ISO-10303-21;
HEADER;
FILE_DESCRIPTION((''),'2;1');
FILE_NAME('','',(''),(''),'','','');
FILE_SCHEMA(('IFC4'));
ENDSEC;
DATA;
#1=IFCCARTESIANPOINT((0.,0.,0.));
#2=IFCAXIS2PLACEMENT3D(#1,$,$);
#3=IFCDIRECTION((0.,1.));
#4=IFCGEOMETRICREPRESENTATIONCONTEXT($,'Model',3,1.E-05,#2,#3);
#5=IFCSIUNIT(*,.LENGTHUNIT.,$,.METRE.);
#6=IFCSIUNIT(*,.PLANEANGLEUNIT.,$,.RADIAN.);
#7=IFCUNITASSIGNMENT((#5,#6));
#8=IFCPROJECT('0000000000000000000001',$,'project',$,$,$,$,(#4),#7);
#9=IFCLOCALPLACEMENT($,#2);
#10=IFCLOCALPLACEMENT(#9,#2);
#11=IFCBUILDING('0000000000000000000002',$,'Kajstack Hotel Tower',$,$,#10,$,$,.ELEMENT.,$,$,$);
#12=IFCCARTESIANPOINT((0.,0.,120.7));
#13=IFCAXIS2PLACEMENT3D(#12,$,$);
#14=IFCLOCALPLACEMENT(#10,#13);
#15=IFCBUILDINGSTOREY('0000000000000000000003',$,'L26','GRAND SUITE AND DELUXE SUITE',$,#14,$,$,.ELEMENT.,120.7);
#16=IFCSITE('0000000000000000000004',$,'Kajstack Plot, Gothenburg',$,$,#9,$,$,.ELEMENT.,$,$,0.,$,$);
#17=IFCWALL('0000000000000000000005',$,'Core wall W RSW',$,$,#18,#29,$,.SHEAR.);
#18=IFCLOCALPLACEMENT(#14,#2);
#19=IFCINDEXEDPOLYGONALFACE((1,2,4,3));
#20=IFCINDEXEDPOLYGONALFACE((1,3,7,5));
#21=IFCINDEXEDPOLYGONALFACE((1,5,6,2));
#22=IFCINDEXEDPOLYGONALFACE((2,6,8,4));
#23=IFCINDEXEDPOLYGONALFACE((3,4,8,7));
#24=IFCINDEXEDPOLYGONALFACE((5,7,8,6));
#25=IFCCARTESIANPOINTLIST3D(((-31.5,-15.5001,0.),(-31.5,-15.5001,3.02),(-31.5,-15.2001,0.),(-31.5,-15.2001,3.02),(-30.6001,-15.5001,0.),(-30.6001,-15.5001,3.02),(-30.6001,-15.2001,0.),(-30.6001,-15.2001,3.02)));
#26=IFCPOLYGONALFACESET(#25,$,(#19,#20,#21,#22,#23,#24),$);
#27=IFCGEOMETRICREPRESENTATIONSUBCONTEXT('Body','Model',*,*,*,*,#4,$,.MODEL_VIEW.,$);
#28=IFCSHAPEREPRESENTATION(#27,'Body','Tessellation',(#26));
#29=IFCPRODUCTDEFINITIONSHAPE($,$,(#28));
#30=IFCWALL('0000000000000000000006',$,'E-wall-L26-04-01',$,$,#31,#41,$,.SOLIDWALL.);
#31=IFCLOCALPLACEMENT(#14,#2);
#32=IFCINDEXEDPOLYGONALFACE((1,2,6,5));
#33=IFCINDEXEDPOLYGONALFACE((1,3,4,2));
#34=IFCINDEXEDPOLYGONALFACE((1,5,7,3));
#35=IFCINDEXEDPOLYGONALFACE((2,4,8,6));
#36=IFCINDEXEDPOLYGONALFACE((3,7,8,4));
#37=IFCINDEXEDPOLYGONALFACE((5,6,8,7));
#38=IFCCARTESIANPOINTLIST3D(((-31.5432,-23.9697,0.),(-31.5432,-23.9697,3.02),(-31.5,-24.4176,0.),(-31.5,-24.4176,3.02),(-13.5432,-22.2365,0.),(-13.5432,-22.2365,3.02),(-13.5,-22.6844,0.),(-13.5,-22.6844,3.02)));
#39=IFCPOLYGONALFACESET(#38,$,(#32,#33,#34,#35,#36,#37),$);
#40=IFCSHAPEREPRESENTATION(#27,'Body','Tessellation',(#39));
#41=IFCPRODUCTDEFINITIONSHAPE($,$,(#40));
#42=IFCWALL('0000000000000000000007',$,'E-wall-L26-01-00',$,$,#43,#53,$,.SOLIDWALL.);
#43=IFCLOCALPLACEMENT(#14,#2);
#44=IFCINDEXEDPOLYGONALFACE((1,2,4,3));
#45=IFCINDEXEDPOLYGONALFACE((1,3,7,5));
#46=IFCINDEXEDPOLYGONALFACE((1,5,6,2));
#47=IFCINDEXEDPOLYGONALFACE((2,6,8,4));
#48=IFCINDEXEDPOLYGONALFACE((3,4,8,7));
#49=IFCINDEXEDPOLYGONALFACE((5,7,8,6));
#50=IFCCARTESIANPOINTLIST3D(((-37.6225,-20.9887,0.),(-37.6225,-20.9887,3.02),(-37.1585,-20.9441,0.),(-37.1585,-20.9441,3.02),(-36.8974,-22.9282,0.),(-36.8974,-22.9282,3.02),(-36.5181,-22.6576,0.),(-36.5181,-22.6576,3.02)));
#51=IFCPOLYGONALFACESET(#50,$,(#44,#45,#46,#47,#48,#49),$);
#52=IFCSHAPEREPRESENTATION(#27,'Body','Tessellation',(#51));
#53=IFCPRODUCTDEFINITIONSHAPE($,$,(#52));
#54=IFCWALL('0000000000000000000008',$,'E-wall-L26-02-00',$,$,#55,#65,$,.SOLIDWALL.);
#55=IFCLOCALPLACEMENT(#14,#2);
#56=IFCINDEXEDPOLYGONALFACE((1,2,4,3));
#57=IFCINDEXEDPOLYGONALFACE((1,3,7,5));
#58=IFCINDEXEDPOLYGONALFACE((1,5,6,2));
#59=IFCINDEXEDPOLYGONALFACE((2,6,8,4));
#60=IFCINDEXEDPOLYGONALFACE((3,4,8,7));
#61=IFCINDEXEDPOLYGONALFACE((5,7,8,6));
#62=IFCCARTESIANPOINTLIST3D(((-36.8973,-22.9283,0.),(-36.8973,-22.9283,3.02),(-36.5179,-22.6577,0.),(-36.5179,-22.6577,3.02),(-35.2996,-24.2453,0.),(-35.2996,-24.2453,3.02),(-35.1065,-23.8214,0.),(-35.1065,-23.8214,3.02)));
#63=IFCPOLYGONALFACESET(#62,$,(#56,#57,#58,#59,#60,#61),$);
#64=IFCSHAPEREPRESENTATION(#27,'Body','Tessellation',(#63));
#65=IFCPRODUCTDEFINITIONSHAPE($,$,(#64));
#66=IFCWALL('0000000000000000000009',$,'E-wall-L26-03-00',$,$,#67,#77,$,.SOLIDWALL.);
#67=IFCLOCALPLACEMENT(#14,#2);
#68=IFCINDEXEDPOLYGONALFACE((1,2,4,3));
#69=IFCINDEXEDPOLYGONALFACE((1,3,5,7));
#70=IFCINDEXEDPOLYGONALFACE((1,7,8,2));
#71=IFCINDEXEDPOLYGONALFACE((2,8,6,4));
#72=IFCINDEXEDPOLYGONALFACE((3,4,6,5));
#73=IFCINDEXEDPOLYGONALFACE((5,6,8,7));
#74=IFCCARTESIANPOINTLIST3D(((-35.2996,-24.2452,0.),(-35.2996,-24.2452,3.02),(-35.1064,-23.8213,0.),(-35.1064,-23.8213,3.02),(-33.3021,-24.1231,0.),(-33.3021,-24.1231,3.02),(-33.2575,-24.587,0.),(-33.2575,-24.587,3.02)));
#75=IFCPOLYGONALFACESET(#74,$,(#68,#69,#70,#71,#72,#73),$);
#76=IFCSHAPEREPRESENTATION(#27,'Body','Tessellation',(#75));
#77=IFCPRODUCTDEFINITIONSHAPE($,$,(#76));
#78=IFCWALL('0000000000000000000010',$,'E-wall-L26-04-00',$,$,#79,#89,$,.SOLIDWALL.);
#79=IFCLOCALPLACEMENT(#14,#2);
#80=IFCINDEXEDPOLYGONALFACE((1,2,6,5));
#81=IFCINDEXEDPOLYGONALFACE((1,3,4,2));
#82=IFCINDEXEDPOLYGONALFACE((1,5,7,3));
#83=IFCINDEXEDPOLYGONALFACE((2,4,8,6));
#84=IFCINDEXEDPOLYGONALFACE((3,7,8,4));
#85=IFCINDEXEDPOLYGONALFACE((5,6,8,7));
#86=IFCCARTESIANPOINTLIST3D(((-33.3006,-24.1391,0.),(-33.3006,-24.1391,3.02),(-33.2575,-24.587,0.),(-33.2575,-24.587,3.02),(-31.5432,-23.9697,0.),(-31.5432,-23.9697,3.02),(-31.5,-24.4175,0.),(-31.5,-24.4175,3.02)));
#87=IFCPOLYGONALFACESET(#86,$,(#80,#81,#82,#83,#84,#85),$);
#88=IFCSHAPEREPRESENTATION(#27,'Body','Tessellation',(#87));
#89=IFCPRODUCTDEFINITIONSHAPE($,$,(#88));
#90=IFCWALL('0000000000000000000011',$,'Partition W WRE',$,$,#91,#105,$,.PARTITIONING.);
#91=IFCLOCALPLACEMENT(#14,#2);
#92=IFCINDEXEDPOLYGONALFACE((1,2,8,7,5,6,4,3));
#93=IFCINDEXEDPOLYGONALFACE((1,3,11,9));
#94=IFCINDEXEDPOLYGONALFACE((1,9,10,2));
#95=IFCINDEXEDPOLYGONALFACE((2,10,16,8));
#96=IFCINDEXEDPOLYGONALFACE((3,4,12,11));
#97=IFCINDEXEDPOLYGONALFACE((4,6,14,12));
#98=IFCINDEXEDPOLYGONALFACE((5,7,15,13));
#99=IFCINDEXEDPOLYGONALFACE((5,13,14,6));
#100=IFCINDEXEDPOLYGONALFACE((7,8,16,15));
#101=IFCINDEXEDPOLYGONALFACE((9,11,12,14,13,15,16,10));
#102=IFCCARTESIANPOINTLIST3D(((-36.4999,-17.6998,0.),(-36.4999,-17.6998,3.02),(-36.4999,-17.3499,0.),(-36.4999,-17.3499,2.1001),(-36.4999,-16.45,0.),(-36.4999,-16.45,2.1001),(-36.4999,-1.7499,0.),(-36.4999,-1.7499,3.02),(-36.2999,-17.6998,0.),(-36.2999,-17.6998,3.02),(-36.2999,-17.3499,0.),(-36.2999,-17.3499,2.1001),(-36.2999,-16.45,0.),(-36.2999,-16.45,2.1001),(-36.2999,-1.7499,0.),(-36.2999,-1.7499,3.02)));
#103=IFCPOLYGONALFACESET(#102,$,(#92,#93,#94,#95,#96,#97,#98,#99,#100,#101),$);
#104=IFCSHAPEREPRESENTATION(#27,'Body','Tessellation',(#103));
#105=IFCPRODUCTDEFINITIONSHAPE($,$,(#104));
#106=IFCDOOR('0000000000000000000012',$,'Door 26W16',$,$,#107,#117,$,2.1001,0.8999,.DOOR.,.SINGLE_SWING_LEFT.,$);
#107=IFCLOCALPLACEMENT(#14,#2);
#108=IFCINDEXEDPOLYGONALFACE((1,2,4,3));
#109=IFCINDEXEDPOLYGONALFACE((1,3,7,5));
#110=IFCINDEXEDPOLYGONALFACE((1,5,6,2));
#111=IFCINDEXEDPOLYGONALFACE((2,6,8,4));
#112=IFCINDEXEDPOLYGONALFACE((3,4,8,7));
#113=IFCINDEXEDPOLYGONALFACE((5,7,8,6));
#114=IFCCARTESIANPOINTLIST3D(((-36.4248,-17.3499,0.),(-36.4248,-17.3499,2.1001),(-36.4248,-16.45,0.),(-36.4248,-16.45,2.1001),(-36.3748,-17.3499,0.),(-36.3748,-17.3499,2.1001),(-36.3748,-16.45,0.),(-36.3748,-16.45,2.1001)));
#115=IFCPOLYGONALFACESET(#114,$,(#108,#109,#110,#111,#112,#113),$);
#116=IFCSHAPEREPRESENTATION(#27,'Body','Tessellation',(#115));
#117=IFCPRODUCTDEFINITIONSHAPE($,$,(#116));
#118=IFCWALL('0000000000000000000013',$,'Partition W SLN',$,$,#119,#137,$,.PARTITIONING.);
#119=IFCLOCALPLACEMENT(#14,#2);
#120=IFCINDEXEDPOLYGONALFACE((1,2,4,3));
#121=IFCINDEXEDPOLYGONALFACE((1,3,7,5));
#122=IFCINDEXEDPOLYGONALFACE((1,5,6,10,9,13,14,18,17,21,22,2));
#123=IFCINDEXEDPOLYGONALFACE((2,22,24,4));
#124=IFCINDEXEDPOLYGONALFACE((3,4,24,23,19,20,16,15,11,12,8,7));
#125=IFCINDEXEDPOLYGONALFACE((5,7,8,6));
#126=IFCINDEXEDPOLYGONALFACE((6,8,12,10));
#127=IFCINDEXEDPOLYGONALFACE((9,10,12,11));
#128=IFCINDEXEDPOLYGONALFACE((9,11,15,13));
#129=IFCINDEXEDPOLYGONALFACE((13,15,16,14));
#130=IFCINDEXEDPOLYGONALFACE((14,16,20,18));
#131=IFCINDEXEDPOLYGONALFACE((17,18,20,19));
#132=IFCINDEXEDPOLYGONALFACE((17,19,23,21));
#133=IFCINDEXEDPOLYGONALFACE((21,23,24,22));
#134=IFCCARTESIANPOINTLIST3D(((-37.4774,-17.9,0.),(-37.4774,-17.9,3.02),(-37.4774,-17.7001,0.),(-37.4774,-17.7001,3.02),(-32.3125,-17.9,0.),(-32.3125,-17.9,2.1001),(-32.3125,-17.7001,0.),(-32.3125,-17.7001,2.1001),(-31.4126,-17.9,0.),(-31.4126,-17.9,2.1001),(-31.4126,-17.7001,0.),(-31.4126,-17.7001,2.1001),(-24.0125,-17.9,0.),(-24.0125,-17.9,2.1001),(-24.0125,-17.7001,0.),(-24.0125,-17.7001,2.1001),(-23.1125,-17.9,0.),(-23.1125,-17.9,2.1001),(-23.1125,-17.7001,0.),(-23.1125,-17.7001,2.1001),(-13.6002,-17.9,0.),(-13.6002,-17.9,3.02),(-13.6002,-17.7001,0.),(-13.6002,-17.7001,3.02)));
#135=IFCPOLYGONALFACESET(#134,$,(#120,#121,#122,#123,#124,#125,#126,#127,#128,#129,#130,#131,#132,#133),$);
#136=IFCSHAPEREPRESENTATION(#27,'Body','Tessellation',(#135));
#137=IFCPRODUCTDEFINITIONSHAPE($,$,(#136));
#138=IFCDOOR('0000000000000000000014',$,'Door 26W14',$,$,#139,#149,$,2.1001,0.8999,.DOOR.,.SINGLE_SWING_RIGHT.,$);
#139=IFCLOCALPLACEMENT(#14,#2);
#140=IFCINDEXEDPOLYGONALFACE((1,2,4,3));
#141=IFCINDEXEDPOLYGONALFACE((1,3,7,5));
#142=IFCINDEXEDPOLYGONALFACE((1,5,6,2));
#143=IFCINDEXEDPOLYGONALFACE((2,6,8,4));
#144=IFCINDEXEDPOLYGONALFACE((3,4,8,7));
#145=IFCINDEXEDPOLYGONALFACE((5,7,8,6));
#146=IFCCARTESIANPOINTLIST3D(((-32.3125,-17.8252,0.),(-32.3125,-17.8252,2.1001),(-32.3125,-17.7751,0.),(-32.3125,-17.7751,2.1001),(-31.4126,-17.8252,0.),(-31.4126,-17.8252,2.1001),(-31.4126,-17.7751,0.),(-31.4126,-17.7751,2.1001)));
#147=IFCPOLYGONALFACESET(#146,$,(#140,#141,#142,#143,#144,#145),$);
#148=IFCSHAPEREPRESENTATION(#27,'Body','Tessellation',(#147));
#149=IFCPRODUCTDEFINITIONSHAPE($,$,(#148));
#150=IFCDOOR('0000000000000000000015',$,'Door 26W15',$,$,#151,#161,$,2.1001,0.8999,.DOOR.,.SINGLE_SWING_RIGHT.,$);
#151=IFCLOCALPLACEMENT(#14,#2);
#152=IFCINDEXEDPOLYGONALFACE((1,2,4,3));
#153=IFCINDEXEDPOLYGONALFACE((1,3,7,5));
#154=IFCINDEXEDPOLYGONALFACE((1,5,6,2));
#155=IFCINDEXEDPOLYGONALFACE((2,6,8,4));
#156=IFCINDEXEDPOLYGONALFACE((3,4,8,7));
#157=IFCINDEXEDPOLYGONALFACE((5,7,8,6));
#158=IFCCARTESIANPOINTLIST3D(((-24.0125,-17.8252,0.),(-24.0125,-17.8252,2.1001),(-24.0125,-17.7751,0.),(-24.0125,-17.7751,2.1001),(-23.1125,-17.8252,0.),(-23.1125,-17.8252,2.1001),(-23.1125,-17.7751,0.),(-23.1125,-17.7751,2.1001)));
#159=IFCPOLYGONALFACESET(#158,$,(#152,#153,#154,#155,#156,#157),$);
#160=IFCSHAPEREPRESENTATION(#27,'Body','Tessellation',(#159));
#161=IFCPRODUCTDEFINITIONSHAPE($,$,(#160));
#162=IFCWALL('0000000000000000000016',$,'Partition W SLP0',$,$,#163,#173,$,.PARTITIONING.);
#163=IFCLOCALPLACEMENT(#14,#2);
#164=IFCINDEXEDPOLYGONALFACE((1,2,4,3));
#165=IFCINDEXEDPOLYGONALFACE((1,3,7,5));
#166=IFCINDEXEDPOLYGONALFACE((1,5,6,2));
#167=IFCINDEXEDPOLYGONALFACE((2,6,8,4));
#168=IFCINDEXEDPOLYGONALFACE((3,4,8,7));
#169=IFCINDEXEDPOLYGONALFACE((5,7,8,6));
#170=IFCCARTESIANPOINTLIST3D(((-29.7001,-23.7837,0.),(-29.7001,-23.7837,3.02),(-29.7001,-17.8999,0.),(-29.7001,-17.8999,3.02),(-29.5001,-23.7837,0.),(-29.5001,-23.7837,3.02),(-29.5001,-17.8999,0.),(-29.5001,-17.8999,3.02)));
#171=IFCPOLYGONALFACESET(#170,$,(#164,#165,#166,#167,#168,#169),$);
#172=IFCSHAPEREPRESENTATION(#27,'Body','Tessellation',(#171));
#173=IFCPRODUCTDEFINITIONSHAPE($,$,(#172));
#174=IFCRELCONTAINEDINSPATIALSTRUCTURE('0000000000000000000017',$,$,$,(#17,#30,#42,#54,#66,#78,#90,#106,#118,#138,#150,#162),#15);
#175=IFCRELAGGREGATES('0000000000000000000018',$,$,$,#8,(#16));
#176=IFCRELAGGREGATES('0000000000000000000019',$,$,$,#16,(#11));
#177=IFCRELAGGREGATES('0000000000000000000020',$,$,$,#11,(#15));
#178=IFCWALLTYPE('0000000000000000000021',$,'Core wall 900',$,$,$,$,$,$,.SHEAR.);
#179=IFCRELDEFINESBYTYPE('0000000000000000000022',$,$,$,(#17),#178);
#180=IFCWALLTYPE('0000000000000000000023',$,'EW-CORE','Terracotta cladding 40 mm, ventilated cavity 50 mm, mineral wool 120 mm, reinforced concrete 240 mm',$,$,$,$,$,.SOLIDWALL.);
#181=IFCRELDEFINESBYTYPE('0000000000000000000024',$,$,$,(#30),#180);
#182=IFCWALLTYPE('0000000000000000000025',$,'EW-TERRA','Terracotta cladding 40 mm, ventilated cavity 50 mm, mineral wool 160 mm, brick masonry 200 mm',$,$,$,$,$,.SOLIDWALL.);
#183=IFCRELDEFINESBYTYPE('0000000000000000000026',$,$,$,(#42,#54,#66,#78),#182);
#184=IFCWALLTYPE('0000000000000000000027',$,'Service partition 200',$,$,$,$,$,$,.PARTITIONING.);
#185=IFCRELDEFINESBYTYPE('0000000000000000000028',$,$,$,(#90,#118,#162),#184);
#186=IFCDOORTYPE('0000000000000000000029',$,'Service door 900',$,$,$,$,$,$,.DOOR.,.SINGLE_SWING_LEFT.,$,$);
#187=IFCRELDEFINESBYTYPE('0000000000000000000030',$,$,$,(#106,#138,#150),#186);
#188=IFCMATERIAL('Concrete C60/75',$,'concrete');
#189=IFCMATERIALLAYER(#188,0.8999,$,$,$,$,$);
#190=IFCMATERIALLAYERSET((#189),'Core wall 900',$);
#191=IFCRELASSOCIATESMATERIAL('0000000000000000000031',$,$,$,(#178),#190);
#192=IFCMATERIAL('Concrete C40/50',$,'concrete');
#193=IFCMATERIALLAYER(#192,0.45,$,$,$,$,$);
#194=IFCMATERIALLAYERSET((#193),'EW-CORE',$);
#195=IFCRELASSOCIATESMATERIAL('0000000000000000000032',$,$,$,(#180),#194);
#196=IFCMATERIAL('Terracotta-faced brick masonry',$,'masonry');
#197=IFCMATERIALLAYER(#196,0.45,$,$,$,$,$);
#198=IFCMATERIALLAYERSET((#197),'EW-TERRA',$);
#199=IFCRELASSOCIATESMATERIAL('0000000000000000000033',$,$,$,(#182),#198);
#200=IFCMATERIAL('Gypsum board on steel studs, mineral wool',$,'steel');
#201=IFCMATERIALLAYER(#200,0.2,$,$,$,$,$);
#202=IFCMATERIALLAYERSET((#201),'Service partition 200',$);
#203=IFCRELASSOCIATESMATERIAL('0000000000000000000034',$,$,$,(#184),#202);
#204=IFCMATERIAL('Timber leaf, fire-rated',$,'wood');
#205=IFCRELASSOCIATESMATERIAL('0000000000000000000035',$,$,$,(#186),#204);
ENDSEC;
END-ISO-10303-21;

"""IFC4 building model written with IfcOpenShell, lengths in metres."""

from ifc_helpers import new_model, si_unit, direction, frame, frame_2d, origin, place, context, subcontext, project, spatial, polyline, rectangle, outline, extrude, material, layer, layer_set, type_object, element, fill, save


model = new_model("IFC4")

# Units and contexts
model_context = context("Model", 3, precision=1e-05, world=origin(), true_north=direction((0.0, 1.0)))
body_context = subcontext(model_context, "Body", "Model", "MODEL_VIEW")
ifc_project = project(units=[si_unit("LENGTHUNIT", "METRE"), si_unit("PLANEANGLEUNIT", "RADIAN")], contexts=[model_context])

# Site, building, storey
site_placement = place(None, origin())
site = spatial("IfcSite", under=ifc_project, at=site_placement, Name="Kajstack Plot, Gothenburg", CompositionType="ELEMENT", RefElevation=0.0)
building_placement = place(site_placement, origin())
building = spatial("IfcBuilding", under=site, at=building_placement, Name="Kajstack Hotel Tower", CompositionType="ELEMENT")
storey_placement = place(building_placement, frame((0.0, 0.0, 120.7)))
storey = spatial("IfcBuildingStorey", under=building, at=storey_placement, Name="L26", Description="GRAND SUITE AND DELUXE SUITE", CompositionType="ELEMENT", Elevation=120.7)

# Walls
ifc_material_1 = material(Name="Concrete C60/75", Category="concrete")
ifc_layer_1 = layer(ifc_material_1, 0.8999)
ifc_layer_set_1 = layer_set([ifc_layer_1], Name="Core wall 900")
wall_type_1 = type_object("IfcWallType", Name="Core wall 900", PredefinedType="SHEAR", material=ifc_layer_set_1)
wall_1_placement = place(storey_placement, frame((-31.5, -15.3501, 0.0), z_axis=(0.0, 0.0, 1.0), x_axis=(1.0, 0.0, 0.0)))
element("IfcWall", 1, at=wall_1_placement, inside=storey, type_object=wall_type_1, Name="Core wall W RSW", PredefinedType="SHEAR", context=body_context, shape_type="SweptSolid", body=[
    extrude(rectangle(XDim=0.8999, YDim=0.3, at=frame_2d((0.45, 0.0))), origin(), (0.0, 0.0, 1.0), 3.02),
])
ifc_material_2 = material(Name="Concrete C40/50", Category="concrete")
ifc_layer_2 = layer(ifc_material_2, 0.45)
ifc_layer_set_2 = layer_set([ifc_layer_2], Name="EW-CORE")
wall_type_2 = type_object("IfcWallType", Name="EW-CORE", Description="Terracotta cladding 40 mm, ventilated cavity 50 mm, mineral wool 120 mm, reinforced concrete 240 mm", PredefinedType="SOLIDWALL", material=ifc_layer_set_2)
wall_2_placement = place(storey_placement, frame((-31.5215, -24.1936, 0.0), z_axis=(0.0, 0.0, 1.0), x_axis=(0.995396, 0.095843, 0.0)))
element("IfcWall", 2, at=wall_2_placement, inside=storey, type_object=wall_type_2, Name="E-wall-L26-04-01", PredefinedType="SOLIDWALL", context=body_context, shape_type="SweptSolid", body=[
    extrude(rectangle(XDim=18.0833, YDim=0.45, at=frame_2d((9.0415, 0.0))), origin(), (0.0, 0.0, 1.0), 3.02),
])
ifc_material_3 = material(Name="Terracotta-faced brick masonry", Category="masonry")
ifc_layer_3 = layer(ifc_material_3, 0.45)
ifc_layer_set_3 = layer_set([ifc_layer_3], Name="EW-TERRA")
wall_type_3 = type_object("IfcWallType", Name="EW-TERRA", Description="Terracotta cladding 40 mm, ventilated cavity 50 mm, mineral wool 160 mm, brick masonry 200 mm", PredefinedType="SOLIDWALL", material=ifc_layer_set_3)
for number, where, z_axis, x_axis, name in (
    (3, (-37.4116, -20.9099, 0.0), (0.0, 0.0, 1.0), (0.350193, -0.936678, 0.0), "E-wall-L26-01-00"),
    (4, (-36.7542, -22.7546, 0.0), (0.0, 0.0, 1.0), (0.771651, -0.636046, 0.0), "E-wall-L26-02-00"),
):
    element("IfcWall", number, at=place(storey_placement, frame(where, z_axis=z_axis, x_axis=x_axis)), inside=storey, type_object=wall_type_3, Name=name, PredefinedType="SOLIDWALL", context=body_context, shape_type="SweptSolid", body=[
        extrude(outline(polyline([(0.0, -0.2251), (2.0706, -0.2251), (1.95, 0.2249), (0.1206, 0.2251), (0.0, -0.2251)])), origin(), (0.0, 0.0, 1.0), 3.02),
    ])
wall_3_placement = place(storey_placement, frame((-35.2625, -24.0232, 0.0), z_axis=(0.0, 0.0, 1.0), x_axis=(0.986279, -0.165087, 0.0)))
element("IfcWall", 5, at=wall_3_placement, inside=storey, type_object=wall_type_3, Name="E-wall-L26-03-00", PredefinedType="SOLIDWALL", context=body_context, shape_type="SweptSolid", body=[
    extrude(outline(polyline([(0.0, -0.2251), (2.0706, -0.2251), (1.95, 0.2251), (0.1206, 0.2249), (0.0, -0.2251)])), origin(), (0.0, 0.0, 1.0), 3.02),
])
wall_4_placement = place(storey_placement, frame((-33.2791, -24.363, 0.0), z_axis=(0.0, 0.0, 1.0), x_axis=(0.995385, 0.095957, 0.0)))
element("IfcWall", 6, at=wall_4_placement, inside=storey, type_object=wall_type_3, Name="E-wall-L26-04-00", PredefinedType="SOLIDWALL", context=body_context, shape_type="SweptSolid", body=[
    extrude(rectangle(XDim=1.7656, YDim=0.45, at=frame_2d((0.8828, 0.0))), origin(), (0.0, 0.0, 1.0), 3.02),
])

# Wall, opening, door
ifc_material_4 = material(Name="Gypsum board on steel studs, mineral wool", Category="steel")
ifc_layer_4 = layer(ifc_material_4, 0.2)
ifc_layer_set_4 = layer_set([ifc_layer_4], Name="Service partition 200")
wall_type_4 = type_object("IfcWallType", Name="Service partition 200", PredefinedType="PARTITIONING", material=ifc_layer_set_4)
wall_5_placement = place(storey_placement, frame((-36.3999, -17.7, 0.0), z_axis=(0.0, 0.0, 1.0), x_axis=(0.0, 1.0, 0.0)))
wall_5 = element("IfcWall", 7, at=wall_5_placement, inside=storey, type_object=wall_type_4, Name="Partition W WRE", PredefinedType="PARTITIONING", context=body_context, shape_type="SweptSolid", body=[
    extrude(rectangle(XDim=15.95, YDim=0.2, at=frame_2d((7.9751, 0.0))), origin(), (0.0, 0.0, 1.0), 3.02),
])
opening_1_placement = place(wall_5_placement, frame((0.3501, 0.0, 0.0)))
opening_1 = element("IfcOpeningElement", 8, at=opening_1_placement, cuts=wall_5, PredefinedType="OPENING", context=body_context, shape_type="SweptSolid", body=[
    extrude(rectangle(XDim=0.8999, YDim=2.1001, at=frame_2d((0.45, 1.05))), frame((0.0, 0.1099, 0.0), z_axis=(0.0, -1.0, 0.0), x_axis=(1.0, 0.0, 0.0)), (0.0, 0.0, 1.0), 0.22),
])
ifc_material_5 = material(Name="Timber leaf, fire-rated", Category="wood")
door_type_1 = type_object("IfcDoorType", Name="Service door 900", OperationType="SINGLE_SWING_LEFT", PredefinedType="DOOR", material=ifc_material_5)
door_1_placement = place(opening_1_placement, origin())
door_1 = element("IfcDoor", 9, at=door_1_placement, inside=storey, type_object=door_type_1, Name="Door 26W16", OperationType="SINGLE_SWING_LEFT", OverallHeight=2.1001, OverallWidth=0.8999, PredefinedType="DOOR", context=body_context, shape_type="SweptSolid", body=[
    extrude(rectangle(XDim=0.8999, YDim=2.1001, at=frame_2d((0.45, 1.05))), frame((0.0, 0.0249, 0.0), z_axis=(0.0, -1.0, 0.0), x_axis=(1.0, 0.0, 0.0)), (0.0, 0.0, 1.0), 0.05),
])
fill(opening_1, door_1)

# Wall, openings, doors
wall_6_placement = place(storey_placement, frame((-37.4773, -17.8, 0.0), z_axis=(0.0, 0.0, 1.0), x_axis=(1.0, 0.0, 0.0)))
wall_6 = element("IfcWall", 10, at=wall_6_placement, inside=storey, type_object=wall_type_4, Name="Partition W SLN", PredefinedType="PARTITIONING", context=body_context, shape_type="SweptSolid", body=[
    extrude(rectangle(XDim=23.8772, YDim=0.2, at=frame_2d((11.9385, 0.0))), origin(), (0.0, 0.0, 1.0), 3.02),
])
opening_2_placement = place(wall_6_placement, frame((5.1648, 0.0, 0.0)))
opening_2 = element("IfcOpeningElement", 11, at=opening_2_placement, cuts=wall_6, PredefinedType="OPENING", context=body_context, shape_type="SweptSolid", body=[
    extrude(rectangle(XDim=0.8999, YDim=2.1001, at=frame_2d((0.45, 1.05))), frame((0.0, 0.1099, 0.0), z_axis=(0.0, -1.0, 0.0), x_axis=(1.0, 0.0, 0.0)), (0.0, 0.0, 1.0), 0.22),
])
opening_3_placement = place(wall_6_placement, frame((13.4648, 0.0, 0.0)))
opening_3 = element("IfcOpeningElement", 12, at=opening_3_placement, cuts=wall_6, PredefinedType="OPENING", context=body_context, shape_type="SweptSolid", body=[
    extrude(rectangle(XDim=0.8999, YDim=2.1001, at=frame_2d((0.45, 1.05))), frame((0.0, 0.1099, 0.0), z_axis=(0.0, -1.0, 0.0), x_axis=(1.0, 0.0, 0.0)), (0.0, 0.0, 1.0), 0.22),
])
door_2_placement = place(opening_2_placement, origin())
door_2 = element("IfcDoor", 13, at=door_2_placement, inside=storey, type_object=door_type_1, Name="Door 26W14", OperationType="SINGLE_SWING_RIGHT", OverallHeight=2.1001, OverallWidth=0.8999, PredefinedType="DOOR", context=body_context, shape_type="SweptSolid", body=[
    extrude(rectangle(XDim=0.8999, YDim=2.1001, at=frame_2d((0.45, 1.05))), frame((0.0, 0.0249, 0.0), z_axis=(0.0, -1.0, 0.0), x_axis=(1.0, 0.0, 0.0)), (0.0, 0.0, 1.0), 0.05),
])
fill(opening_2, door_2)
door_3_placement = place(opening_3_placement, origin())
door_3 = element("IfcDoor", 14, at=door_3_placement, inside=storey, type_object=door_type_1, Name="Door 26W15", OperationType="SINGLE_SWING_RIGHT", OverallHeight=2.1001, OverallWidth=0.8999, PredefinedType="DOOR", context=body_context, shape_type="SweptSolid", body=[
    extrude(rectangle(XDim=0.8999, YDim=2.1001, at=frame_2d((0.45, 1.05))), frame((0.0, 0.0249, 0.0), z_axis=(0.0, -1.0, 0.0), x_axis=(1.0, 0.0, 0.0)), (0.0, 0.0, 1.0), 0.05),
])
fill(opening_3, door_3)

# Wall
wall_7_placement = place(storey_placement, frame((-29.6001, -23.7837, 0.0), z_axis=(0.0, 0.0, 1.0), x_axis=(0.0, 1.0, 0.0)))
element("IfcWall", 15, at=wall_7_placement, inside=storey, type_object=wall_type_4, Name="Partition W SLP0", PredefinedType="PARTITIONING", context=body_context, shape_type="SweptSolid", body=[
    extrude(rectangle(XDim=5.8838, YDim=0.2, at=frame_2d((2.9419, 0.0))), origin(), (0.0, 0.0, 1.0), 3.02),
])

save(model, "model.ifc")
